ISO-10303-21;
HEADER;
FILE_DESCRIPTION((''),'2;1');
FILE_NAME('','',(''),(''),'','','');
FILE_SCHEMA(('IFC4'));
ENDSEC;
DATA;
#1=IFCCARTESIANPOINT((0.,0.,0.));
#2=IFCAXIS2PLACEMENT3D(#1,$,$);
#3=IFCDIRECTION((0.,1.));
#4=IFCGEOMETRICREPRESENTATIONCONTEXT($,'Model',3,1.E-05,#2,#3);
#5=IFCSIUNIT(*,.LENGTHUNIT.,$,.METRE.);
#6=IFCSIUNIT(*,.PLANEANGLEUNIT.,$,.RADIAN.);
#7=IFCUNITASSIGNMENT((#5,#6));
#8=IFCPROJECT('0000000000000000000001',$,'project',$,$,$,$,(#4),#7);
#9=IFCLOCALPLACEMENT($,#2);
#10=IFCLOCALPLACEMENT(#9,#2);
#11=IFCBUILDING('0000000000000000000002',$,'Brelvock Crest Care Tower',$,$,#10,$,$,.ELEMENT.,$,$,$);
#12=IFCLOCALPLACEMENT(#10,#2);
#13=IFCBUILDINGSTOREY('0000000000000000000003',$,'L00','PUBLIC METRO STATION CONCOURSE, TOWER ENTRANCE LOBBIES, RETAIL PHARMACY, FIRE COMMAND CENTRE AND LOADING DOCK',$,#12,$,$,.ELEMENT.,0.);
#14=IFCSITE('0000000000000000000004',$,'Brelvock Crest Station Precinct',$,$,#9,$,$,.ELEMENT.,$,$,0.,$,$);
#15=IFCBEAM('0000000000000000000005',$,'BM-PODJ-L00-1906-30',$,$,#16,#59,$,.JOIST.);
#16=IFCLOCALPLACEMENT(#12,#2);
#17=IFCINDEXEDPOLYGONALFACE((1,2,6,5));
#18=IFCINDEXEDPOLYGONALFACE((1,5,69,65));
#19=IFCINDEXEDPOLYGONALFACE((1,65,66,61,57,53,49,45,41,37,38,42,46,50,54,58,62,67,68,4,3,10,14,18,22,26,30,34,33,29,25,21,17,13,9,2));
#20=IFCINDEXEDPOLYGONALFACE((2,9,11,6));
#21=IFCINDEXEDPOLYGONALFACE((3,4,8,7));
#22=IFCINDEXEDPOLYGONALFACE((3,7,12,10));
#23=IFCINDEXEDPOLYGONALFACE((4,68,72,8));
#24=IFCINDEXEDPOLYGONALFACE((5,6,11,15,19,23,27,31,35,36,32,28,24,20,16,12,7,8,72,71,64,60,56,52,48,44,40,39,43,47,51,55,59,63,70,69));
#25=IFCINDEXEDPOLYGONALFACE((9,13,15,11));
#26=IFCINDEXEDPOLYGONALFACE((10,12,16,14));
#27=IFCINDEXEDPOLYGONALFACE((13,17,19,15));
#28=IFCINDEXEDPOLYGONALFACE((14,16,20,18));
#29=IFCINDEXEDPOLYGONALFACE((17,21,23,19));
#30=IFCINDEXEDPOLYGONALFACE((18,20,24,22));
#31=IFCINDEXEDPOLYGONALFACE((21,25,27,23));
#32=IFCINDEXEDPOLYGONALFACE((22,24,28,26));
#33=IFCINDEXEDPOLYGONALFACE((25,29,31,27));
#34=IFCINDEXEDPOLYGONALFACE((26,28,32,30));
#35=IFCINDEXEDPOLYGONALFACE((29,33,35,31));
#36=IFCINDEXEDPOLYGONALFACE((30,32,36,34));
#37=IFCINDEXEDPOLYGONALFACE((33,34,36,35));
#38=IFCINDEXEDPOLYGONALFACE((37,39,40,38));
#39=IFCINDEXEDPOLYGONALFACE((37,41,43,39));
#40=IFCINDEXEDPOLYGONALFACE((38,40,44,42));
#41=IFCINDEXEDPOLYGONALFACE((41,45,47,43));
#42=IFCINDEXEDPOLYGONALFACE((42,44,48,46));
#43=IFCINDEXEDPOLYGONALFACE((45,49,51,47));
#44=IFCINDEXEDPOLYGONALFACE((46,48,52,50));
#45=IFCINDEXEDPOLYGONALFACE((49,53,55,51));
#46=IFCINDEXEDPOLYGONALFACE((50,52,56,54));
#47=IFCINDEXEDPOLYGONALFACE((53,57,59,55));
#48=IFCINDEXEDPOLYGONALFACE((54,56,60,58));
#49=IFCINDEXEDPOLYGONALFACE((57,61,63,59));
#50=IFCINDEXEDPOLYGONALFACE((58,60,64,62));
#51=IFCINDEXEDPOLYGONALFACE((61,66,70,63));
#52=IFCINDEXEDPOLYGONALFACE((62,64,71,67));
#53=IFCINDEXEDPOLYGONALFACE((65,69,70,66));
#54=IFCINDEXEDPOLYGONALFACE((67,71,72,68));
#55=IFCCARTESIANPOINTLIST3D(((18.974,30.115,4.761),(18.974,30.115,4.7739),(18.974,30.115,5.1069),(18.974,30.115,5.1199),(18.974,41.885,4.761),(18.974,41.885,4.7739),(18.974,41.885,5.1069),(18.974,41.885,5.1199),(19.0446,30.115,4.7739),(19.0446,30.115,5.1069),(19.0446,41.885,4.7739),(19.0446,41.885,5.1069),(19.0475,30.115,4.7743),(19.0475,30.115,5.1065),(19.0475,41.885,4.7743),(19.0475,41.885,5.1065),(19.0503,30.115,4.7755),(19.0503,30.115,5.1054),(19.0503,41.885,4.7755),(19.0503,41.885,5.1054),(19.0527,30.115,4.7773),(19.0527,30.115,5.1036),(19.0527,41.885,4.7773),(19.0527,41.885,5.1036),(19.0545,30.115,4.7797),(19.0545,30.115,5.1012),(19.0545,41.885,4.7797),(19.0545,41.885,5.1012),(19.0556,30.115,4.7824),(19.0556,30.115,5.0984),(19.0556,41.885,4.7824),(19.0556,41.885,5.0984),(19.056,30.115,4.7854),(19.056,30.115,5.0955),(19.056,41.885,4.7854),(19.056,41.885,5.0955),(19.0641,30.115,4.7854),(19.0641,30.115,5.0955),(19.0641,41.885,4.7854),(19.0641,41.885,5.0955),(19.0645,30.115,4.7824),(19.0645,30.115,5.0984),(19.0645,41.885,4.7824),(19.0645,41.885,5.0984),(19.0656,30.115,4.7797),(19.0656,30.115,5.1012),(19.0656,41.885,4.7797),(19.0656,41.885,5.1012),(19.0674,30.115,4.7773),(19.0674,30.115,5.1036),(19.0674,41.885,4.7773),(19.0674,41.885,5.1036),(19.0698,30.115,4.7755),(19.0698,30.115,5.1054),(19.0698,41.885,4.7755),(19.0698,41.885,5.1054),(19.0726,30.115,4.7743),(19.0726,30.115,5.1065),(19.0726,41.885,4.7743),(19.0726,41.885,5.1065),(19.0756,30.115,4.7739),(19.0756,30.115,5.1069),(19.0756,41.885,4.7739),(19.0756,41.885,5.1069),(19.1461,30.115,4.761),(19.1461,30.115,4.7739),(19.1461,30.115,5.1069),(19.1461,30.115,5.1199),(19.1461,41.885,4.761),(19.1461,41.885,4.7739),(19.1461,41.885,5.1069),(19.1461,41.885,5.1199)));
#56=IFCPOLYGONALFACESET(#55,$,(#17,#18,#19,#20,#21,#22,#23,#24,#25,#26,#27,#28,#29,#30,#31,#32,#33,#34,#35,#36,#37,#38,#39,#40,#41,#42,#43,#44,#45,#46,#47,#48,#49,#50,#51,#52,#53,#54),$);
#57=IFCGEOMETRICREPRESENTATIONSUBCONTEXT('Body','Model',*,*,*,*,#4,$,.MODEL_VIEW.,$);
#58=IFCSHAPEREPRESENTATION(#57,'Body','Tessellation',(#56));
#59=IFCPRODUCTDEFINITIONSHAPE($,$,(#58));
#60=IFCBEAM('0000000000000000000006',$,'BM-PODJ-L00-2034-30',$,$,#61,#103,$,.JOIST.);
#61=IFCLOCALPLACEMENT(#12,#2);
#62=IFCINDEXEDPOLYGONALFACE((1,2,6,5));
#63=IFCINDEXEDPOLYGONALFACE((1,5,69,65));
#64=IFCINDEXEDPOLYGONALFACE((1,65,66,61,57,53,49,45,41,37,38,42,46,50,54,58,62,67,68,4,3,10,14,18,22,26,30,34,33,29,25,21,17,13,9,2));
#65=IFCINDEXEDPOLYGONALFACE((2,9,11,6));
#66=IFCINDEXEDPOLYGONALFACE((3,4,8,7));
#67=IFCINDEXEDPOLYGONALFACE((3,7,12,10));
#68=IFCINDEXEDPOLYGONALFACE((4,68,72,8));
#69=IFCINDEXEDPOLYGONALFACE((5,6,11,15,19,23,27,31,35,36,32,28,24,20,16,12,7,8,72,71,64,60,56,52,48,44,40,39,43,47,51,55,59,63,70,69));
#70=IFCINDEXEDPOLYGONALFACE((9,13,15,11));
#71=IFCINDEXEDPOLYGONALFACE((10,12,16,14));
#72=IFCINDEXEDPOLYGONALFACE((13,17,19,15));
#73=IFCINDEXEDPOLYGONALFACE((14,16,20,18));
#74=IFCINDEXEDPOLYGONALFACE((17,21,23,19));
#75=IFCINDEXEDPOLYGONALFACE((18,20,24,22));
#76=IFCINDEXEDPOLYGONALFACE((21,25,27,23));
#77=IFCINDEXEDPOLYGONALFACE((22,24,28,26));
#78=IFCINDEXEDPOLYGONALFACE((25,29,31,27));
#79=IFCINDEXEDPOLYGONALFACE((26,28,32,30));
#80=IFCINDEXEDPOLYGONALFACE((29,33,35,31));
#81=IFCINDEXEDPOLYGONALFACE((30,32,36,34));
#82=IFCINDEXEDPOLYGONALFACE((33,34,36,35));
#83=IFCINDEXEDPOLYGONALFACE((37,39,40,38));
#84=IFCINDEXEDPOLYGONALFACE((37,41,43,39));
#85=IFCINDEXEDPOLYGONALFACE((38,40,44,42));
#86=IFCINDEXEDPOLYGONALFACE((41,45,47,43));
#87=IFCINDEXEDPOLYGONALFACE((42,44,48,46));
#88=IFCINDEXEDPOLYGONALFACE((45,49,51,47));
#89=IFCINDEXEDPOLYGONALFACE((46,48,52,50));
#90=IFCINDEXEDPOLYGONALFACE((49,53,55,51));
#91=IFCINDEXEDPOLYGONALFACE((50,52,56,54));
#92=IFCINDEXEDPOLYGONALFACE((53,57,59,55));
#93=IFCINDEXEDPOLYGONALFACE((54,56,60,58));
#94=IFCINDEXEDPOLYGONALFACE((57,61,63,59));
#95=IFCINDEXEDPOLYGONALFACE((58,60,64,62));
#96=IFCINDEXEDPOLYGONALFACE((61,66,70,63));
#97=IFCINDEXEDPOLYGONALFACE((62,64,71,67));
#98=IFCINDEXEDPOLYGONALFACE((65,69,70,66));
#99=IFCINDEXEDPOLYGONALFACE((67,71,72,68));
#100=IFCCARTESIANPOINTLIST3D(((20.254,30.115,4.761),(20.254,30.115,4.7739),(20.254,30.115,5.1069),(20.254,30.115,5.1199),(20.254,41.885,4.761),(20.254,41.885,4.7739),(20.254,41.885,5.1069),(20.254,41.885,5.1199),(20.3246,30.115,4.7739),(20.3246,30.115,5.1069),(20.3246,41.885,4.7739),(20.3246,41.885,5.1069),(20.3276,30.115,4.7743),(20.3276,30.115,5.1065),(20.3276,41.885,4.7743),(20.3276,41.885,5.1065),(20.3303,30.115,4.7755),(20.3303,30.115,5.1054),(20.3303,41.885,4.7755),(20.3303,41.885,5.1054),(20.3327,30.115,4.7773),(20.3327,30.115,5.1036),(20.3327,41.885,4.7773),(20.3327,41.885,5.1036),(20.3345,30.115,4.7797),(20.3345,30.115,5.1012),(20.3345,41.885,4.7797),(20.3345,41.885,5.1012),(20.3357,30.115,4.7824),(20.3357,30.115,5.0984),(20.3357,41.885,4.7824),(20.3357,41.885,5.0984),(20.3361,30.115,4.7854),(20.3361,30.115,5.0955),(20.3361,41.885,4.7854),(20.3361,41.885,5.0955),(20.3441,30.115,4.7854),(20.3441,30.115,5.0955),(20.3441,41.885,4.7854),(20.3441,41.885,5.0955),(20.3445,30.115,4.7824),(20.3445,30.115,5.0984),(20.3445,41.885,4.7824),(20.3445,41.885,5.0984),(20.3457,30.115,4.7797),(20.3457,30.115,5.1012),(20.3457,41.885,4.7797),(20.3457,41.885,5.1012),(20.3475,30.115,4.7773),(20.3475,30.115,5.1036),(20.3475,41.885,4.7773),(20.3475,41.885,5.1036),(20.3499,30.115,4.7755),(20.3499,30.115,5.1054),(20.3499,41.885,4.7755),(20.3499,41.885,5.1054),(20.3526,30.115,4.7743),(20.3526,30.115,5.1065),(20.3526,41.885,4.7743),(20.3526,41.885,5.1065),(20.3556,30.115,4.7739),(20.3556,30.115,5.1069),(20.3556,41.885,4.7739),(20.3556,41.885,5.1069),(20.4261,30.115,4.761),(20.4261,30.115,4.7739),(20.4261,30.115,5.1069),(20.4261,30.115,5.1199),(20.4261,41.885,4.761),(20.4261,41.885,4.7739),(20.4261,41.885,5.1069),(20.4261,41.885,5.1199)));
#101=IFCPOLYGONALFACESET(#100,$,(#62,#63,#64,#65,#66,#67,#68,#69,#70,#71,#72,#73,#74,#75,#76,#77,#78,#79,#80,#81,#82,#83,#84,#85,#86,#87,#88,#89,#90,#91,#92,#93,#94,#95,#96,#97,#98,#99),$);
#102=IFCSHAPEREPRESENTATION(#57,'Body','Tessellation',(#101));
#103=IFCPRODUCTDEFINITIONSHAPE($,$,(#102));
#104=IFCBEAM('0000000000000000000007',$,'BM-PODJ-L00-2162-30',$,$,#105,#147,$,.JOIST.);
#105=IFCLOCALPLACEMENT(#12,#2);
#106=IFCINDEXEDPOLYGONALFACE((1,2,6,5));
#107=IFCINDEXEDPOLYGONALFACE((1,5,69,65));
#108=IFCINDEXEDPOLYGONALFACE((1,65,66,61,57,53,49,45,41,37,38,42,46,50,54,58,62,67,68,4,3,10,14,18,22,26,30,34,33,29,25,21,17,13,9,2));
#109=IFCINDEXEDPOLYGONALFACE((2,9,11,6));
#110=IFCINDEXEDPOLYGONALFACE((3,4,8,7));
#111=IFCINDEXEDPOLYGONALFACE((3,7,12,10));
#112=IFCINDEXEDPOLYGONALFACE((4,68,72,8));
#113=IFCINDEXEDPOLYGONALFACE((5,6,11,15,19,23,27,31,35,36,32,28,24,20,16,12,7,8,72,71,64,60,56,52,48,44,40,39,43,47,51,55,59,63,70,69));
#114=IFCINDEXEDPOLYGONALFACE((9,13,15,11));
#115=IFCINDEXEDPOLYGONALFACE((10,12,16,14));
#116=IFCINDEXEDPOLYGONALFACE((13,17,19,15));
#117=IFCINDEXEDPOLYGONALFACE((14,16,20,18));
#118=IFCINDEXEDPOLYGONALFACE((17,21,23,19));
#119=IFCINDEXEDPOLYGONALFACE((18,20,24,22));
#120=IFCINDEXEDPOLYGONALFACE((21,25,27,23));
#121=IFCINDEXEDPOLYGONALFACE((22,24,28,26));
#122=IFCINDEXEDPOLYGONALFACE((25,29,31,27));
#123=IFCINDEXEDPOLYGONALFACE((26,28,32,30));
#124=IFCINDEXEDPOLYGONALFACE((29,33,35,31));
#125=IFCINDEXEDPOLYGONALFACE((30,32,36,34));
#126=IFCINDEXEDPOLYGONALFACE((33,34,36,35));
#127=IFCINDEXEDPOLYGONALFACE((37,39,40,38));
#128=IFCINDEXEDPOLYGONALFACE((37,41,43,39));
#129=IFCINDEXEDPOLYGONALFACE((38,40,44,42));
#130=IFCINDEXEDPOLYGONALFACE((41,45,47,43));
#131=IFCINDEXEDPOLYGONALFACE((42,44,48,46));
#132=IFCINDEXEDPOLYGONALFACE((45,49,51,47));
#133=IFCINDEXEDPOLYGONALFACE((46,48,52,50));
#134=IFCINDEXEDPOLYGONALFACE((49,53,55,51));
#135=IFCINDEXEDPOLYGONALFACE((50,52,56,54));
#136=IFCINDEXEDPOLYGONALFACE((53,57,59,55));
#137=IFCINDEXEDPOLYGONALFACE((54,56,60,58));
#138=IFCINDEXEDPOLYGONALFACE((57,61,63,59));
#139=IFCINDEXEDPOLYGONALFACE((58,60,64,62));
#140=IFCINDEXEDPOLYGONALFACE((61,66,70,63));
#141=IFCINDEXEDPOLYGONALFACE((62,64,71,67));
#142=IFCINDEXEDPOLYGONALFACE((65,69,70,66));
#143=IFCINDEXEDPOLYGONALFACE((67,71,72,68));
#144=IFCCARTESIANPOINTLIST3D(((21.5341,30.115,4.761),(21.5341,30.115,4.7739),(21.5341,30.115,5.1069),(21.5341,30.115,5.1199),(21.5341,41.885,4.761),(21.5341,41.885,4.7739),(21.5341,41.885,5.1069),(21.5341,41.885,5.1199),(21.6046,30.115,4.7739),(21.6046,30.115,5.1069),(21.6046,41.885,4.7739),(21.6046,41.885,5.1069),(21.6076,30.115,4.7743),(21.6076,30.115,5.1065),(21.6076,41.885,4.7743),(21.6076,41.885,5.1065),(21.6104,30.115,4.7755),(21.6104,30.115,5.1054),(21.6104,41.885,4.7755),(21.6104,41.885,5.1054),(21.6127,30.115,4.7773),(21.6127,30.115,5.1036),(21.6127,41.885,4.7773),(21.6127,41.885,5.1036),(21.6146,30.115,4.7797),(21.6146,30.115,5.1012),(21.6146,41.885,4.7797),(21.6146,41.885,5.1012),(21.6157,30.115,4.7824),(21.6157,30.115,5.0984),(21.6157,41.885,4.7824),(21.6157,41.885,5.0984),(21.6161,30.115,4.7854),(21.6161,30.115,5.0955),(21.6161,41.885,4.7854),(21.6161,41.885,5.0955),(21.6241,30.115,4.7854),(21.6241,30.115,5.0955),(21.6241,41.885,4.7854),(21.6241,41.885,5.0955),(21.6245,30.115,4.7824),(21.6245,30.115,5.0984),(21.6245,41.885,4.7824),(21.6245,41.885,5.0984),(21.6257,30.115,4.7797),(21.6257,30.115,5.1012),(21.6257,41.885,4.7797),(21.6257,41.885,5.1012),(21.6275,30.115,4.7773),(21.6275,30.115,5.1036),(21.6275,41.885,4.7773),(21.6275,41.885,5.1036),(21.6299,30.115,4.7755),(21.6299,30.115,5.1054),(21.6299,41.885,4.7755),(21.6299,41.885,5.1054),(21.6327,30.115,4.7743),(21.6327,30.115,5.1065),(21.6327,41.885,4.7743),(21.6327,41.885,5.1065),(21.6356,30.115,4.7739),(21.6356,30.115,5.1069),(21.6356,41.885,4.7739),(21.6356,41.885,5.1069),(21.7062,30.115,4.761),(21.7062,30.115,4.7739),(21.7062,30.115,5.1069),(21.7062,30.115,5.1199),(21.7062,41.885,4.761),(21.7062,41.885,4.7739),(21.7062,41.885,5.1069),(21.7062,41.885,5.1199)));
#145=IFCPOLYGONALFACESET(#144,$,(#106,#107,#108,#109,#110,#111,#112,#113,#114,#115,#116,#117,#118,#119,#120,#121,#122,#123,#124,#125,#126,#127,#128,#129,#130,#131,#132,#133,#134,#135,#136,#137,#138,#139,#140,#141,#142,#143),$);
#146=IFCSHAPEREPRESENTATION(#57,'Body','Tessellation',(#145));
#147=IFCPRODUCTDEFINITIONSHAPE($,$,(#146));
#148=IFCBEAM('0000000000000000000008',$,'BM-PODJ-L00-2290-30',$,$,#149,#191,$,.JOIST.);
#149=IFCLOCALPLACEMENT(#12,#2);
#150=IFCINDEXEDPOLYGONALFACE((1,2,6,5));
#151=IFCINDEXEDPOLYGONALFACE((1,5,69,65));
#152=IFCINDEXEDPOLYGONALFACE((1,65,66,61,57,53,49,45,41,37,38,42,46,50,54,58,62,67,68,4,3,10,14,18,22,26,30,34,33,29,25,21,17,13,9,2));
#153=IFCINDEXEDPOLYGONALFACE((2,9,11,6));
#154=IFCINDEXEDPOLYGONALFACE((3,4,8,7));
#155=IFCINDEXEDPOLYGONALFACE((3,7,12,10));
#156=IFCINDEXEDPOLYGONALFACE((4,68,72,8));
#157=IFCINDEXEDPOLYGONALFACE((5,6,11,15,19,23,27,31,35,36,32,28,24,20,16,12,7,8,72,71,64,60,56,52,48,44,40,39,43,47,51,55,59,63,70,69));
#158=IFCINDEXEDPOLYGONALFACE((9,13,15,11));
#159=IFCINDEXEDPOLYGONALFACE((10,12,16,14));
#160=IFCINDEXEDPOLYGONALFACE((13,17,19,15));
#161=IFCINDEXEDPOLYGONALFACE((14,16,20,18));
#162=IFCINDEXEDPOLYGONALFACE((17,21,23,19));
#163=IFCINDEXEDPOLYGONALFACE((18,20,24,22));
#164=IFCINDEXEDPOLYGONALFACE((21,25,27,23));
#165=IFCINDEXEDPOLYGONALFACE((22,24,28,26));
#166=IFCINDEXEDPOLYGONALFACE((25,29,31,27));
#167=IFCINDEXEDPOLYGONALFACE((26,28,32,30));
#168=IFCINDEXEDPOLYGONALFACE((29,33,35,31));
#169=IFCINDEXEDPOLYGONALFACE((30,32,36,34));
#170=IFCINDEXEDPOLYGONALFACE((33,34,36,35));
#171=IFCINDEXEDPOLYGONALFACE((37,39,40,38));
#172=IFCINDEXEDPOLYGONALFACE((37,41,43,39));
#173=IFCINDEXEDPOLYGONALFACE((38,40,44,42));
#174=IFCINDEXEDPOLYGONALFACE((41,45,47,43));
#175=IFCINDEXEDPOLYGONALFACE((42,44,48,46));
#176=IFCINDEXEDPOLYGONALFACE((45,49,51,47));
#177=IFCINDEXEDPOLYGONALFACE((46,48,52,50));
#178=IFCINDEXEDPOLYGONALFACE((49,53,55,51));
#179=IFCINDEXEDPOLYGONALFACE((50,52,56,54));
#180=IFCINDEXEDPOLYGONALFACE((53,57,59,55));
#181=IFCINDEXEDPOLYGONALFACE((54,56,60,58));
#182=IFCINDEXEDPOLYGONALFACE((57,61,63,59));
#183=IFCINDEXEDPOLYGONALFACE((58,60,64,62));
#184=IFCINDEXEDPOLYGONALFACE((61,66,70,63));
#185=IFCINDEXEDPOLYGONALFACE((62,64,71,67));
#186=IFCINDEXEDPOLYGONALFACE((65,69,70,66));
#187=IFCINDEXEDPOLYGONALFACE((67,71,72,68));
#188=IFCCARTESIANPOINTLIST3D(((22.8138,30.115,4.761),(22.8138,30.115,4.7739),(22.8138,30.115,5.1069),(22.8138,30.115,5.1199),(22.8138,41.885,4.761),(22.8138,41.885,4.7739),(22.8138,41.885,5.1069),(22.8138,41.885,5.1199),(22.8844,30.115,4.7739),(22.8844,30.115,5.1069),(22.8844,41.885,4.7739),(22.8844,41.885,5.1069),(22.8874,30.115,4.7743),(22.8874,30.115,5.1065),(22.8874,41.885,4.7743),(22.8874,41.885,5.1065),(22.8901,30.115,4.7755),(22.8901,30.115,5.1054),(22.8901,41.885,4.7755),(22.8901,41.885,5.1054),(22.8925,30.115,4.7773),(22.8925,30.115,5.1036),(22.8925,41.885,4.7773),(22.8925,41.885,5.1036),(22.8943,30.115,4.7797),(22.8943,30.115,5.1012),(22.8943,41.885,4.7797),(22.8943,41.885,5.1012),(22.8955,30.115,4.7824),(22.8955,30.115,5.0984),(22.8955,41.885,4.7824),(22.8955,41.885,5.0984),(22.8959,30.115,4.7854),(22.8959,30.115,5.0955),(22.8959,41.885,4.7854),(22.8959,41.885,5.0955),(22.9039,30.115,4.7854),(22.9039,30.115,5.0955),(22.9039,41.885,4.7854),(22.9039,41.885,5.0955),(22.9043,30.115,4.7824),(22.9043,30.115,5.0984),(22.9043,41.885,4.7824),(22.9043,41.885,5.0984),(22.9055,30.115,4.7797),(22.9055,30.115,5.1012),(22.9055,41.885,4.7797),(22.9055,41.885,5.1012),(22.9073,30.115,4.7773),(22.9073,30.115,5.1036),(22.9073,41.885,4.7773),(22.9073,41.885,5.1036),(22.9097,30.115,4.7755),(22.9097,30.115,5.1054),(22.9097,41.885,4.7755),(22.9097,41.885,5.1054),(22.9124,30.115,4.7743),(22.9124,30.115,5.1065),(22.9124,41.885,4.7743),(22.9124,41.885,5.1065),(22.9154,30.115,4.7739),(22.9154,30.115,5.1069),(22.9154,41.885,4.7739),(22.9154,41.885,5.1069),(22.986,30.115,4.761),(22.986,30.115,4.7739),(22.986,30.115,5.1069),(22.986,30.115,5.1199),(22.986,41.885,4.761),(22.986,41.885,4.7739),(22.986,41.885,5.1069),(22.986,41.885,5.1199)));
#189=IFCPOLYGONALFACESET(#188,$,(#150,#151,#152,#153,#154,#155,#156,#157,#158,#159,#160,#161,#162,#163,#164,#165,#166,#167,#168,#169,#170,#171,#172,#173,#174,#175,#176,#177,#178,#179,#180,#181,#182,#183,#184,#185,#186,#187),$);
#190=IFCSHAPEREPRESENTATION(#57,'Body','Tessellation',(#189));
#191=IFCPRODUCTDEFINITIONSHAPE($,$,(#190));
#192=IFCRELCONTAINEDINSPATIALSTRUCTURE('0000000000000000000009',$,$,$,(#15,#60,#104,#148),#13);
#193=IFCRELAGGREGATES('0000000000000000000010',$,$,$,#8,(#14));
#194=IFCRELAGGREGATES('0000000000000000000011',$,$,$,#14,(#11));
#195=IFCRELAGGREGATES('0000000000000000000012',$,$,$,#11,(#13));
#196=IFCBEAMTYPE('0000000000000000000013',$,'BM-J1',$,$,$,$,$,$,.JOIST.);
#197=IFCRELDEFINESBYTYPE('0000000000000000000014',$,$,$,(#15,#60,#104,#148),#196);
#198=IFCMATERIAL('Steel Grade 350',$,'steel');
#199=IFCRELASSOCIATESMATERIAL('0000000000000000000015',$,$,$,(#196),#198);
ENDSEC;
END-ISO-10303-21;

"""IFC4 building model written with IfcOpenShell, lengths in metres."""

from ifc_helpers import new_model, si_unit, direction, frame, origin, origin_2d, place, context, subcontext, project, spatial, i_section, extrude, source, transform, mapped, material, material_profile, profile_set, type_object, element, save


model = new_model("IFC4")

# Units and contexts
model_context = context("Model", 3, precision=1e-05, world=origin(), true_north=direction((0.0, 1.0)))
body_context = subcontext(model_context, "Body", "Model", "MODEL_VIEW")
ifc_project = project(units=[si_unit("LENGTHUNIT", "METRE"), si_unit("PLANEANGLEUNIT", "RADIAN")], contexts=[model_context])

# Site, building, storey
site_placement = place(None, origin())
site = spatial("IfcSite", under=ifc_project, at=site_placement, Name="Brelvock Crest Station Precinct", CompositionType="ELEMENT", RefElevation=0.0)
building_placement = place(site_placement, origin())
building = spatial("IfcBuilding", under=site, at=building_placement, Name="Brelvock Crest Care Tower", CompositionType="ELEMENT")
storey_placement = place(building_placement, origin())
storey = spatial("IfcBuildingStorey", under=building, at=storey_placement, Name="L00", Description="PUBLIC METRO STATION CONCOURSE, TOWER ENTRANCE LOBBIES, RETAIL PHARMACY, FIRE COMMAND CENTRE AND LOADING DOCK", CompositionType="ELEMENT", Elevation=0.0)

# Shared definitions
ifc_material_1 = material(Name="Steel Grade 350", Category="steel")

# Beams
ifc_material_profile_1 = material_profile(ifc_material_1, i_section(OverallWidth=0.1721, OverallDepth=0.3589, WebThickness=0.0081, FlangeThickness=0.0129, FilletRadius=0.0115, at=origin_2d()), Name="360UB56.7")
ifc_profile_set_1 = profile_set([ifc_material_profile_1], Name="Steel Grade 350")
beam_type_1 = type_object("IfcBeamType", Name="BM-J1", PredefinedType="JOIST", material=ifc_profile_set_1)
shared_shape_1 = source(origin(), body_context, "Body", "SweptSolid", [
    extrude(i_section(OverallWidth=0.1721, OverallDepth=0.3589, WebThickness=0.0081, FlangeThickness=0.0129, FilletRadius=0.0115, at=origin_2d()), origin(), (0.0, 0.0, 1.0), 11.77),
])
for number, where, z_axis, x_axis, name in (
    (1, (19.0601, 30.115, 4.9404), (0.0, 1.0, 0.0), (-1.0, 0.0, 0.0), "BM-PODJ-L00-1906-30"),
    (2, (20.3401, 30.115, 4.9404), (0.0, 1.0, 0.0), (-1.0, 0.0, 0.0), "BM-PODJ-L00-2034-30"),
    (3, (21.6201, 30.115, 4.9404), (0.0, 1.0, 0.0), (-1.0, 0.0, 0.0), "BM-PODJ-L00-2162-30"),
    (4, (22.8999, 30.115, 4.9404), (0.0, 1.0, 0.0), (-1.0, 0.0, 0.0), "BM-PODJ-L00-2290-30"),
):
    element("IfcBeam", number, at=place(storey_placement, frame(where, z_axis=z_axis, x_axis=x_axis)), inside=storey, type_object=beam_type_1, Name=name, PredefinedType="JOIST", context=body_context, shape_type="MappedRepresentation", body=[
        mapped(shared_shape_1, transform((0.0, 0.0, 0.0), x_axis=(1.0, 0.0, 0.0), y_axis=(0.0, 1.0, 0.0), z_axis=(0.0, 0.0, 1.0), scale=1.0)),
    ])

save(model, "model.ifc")
